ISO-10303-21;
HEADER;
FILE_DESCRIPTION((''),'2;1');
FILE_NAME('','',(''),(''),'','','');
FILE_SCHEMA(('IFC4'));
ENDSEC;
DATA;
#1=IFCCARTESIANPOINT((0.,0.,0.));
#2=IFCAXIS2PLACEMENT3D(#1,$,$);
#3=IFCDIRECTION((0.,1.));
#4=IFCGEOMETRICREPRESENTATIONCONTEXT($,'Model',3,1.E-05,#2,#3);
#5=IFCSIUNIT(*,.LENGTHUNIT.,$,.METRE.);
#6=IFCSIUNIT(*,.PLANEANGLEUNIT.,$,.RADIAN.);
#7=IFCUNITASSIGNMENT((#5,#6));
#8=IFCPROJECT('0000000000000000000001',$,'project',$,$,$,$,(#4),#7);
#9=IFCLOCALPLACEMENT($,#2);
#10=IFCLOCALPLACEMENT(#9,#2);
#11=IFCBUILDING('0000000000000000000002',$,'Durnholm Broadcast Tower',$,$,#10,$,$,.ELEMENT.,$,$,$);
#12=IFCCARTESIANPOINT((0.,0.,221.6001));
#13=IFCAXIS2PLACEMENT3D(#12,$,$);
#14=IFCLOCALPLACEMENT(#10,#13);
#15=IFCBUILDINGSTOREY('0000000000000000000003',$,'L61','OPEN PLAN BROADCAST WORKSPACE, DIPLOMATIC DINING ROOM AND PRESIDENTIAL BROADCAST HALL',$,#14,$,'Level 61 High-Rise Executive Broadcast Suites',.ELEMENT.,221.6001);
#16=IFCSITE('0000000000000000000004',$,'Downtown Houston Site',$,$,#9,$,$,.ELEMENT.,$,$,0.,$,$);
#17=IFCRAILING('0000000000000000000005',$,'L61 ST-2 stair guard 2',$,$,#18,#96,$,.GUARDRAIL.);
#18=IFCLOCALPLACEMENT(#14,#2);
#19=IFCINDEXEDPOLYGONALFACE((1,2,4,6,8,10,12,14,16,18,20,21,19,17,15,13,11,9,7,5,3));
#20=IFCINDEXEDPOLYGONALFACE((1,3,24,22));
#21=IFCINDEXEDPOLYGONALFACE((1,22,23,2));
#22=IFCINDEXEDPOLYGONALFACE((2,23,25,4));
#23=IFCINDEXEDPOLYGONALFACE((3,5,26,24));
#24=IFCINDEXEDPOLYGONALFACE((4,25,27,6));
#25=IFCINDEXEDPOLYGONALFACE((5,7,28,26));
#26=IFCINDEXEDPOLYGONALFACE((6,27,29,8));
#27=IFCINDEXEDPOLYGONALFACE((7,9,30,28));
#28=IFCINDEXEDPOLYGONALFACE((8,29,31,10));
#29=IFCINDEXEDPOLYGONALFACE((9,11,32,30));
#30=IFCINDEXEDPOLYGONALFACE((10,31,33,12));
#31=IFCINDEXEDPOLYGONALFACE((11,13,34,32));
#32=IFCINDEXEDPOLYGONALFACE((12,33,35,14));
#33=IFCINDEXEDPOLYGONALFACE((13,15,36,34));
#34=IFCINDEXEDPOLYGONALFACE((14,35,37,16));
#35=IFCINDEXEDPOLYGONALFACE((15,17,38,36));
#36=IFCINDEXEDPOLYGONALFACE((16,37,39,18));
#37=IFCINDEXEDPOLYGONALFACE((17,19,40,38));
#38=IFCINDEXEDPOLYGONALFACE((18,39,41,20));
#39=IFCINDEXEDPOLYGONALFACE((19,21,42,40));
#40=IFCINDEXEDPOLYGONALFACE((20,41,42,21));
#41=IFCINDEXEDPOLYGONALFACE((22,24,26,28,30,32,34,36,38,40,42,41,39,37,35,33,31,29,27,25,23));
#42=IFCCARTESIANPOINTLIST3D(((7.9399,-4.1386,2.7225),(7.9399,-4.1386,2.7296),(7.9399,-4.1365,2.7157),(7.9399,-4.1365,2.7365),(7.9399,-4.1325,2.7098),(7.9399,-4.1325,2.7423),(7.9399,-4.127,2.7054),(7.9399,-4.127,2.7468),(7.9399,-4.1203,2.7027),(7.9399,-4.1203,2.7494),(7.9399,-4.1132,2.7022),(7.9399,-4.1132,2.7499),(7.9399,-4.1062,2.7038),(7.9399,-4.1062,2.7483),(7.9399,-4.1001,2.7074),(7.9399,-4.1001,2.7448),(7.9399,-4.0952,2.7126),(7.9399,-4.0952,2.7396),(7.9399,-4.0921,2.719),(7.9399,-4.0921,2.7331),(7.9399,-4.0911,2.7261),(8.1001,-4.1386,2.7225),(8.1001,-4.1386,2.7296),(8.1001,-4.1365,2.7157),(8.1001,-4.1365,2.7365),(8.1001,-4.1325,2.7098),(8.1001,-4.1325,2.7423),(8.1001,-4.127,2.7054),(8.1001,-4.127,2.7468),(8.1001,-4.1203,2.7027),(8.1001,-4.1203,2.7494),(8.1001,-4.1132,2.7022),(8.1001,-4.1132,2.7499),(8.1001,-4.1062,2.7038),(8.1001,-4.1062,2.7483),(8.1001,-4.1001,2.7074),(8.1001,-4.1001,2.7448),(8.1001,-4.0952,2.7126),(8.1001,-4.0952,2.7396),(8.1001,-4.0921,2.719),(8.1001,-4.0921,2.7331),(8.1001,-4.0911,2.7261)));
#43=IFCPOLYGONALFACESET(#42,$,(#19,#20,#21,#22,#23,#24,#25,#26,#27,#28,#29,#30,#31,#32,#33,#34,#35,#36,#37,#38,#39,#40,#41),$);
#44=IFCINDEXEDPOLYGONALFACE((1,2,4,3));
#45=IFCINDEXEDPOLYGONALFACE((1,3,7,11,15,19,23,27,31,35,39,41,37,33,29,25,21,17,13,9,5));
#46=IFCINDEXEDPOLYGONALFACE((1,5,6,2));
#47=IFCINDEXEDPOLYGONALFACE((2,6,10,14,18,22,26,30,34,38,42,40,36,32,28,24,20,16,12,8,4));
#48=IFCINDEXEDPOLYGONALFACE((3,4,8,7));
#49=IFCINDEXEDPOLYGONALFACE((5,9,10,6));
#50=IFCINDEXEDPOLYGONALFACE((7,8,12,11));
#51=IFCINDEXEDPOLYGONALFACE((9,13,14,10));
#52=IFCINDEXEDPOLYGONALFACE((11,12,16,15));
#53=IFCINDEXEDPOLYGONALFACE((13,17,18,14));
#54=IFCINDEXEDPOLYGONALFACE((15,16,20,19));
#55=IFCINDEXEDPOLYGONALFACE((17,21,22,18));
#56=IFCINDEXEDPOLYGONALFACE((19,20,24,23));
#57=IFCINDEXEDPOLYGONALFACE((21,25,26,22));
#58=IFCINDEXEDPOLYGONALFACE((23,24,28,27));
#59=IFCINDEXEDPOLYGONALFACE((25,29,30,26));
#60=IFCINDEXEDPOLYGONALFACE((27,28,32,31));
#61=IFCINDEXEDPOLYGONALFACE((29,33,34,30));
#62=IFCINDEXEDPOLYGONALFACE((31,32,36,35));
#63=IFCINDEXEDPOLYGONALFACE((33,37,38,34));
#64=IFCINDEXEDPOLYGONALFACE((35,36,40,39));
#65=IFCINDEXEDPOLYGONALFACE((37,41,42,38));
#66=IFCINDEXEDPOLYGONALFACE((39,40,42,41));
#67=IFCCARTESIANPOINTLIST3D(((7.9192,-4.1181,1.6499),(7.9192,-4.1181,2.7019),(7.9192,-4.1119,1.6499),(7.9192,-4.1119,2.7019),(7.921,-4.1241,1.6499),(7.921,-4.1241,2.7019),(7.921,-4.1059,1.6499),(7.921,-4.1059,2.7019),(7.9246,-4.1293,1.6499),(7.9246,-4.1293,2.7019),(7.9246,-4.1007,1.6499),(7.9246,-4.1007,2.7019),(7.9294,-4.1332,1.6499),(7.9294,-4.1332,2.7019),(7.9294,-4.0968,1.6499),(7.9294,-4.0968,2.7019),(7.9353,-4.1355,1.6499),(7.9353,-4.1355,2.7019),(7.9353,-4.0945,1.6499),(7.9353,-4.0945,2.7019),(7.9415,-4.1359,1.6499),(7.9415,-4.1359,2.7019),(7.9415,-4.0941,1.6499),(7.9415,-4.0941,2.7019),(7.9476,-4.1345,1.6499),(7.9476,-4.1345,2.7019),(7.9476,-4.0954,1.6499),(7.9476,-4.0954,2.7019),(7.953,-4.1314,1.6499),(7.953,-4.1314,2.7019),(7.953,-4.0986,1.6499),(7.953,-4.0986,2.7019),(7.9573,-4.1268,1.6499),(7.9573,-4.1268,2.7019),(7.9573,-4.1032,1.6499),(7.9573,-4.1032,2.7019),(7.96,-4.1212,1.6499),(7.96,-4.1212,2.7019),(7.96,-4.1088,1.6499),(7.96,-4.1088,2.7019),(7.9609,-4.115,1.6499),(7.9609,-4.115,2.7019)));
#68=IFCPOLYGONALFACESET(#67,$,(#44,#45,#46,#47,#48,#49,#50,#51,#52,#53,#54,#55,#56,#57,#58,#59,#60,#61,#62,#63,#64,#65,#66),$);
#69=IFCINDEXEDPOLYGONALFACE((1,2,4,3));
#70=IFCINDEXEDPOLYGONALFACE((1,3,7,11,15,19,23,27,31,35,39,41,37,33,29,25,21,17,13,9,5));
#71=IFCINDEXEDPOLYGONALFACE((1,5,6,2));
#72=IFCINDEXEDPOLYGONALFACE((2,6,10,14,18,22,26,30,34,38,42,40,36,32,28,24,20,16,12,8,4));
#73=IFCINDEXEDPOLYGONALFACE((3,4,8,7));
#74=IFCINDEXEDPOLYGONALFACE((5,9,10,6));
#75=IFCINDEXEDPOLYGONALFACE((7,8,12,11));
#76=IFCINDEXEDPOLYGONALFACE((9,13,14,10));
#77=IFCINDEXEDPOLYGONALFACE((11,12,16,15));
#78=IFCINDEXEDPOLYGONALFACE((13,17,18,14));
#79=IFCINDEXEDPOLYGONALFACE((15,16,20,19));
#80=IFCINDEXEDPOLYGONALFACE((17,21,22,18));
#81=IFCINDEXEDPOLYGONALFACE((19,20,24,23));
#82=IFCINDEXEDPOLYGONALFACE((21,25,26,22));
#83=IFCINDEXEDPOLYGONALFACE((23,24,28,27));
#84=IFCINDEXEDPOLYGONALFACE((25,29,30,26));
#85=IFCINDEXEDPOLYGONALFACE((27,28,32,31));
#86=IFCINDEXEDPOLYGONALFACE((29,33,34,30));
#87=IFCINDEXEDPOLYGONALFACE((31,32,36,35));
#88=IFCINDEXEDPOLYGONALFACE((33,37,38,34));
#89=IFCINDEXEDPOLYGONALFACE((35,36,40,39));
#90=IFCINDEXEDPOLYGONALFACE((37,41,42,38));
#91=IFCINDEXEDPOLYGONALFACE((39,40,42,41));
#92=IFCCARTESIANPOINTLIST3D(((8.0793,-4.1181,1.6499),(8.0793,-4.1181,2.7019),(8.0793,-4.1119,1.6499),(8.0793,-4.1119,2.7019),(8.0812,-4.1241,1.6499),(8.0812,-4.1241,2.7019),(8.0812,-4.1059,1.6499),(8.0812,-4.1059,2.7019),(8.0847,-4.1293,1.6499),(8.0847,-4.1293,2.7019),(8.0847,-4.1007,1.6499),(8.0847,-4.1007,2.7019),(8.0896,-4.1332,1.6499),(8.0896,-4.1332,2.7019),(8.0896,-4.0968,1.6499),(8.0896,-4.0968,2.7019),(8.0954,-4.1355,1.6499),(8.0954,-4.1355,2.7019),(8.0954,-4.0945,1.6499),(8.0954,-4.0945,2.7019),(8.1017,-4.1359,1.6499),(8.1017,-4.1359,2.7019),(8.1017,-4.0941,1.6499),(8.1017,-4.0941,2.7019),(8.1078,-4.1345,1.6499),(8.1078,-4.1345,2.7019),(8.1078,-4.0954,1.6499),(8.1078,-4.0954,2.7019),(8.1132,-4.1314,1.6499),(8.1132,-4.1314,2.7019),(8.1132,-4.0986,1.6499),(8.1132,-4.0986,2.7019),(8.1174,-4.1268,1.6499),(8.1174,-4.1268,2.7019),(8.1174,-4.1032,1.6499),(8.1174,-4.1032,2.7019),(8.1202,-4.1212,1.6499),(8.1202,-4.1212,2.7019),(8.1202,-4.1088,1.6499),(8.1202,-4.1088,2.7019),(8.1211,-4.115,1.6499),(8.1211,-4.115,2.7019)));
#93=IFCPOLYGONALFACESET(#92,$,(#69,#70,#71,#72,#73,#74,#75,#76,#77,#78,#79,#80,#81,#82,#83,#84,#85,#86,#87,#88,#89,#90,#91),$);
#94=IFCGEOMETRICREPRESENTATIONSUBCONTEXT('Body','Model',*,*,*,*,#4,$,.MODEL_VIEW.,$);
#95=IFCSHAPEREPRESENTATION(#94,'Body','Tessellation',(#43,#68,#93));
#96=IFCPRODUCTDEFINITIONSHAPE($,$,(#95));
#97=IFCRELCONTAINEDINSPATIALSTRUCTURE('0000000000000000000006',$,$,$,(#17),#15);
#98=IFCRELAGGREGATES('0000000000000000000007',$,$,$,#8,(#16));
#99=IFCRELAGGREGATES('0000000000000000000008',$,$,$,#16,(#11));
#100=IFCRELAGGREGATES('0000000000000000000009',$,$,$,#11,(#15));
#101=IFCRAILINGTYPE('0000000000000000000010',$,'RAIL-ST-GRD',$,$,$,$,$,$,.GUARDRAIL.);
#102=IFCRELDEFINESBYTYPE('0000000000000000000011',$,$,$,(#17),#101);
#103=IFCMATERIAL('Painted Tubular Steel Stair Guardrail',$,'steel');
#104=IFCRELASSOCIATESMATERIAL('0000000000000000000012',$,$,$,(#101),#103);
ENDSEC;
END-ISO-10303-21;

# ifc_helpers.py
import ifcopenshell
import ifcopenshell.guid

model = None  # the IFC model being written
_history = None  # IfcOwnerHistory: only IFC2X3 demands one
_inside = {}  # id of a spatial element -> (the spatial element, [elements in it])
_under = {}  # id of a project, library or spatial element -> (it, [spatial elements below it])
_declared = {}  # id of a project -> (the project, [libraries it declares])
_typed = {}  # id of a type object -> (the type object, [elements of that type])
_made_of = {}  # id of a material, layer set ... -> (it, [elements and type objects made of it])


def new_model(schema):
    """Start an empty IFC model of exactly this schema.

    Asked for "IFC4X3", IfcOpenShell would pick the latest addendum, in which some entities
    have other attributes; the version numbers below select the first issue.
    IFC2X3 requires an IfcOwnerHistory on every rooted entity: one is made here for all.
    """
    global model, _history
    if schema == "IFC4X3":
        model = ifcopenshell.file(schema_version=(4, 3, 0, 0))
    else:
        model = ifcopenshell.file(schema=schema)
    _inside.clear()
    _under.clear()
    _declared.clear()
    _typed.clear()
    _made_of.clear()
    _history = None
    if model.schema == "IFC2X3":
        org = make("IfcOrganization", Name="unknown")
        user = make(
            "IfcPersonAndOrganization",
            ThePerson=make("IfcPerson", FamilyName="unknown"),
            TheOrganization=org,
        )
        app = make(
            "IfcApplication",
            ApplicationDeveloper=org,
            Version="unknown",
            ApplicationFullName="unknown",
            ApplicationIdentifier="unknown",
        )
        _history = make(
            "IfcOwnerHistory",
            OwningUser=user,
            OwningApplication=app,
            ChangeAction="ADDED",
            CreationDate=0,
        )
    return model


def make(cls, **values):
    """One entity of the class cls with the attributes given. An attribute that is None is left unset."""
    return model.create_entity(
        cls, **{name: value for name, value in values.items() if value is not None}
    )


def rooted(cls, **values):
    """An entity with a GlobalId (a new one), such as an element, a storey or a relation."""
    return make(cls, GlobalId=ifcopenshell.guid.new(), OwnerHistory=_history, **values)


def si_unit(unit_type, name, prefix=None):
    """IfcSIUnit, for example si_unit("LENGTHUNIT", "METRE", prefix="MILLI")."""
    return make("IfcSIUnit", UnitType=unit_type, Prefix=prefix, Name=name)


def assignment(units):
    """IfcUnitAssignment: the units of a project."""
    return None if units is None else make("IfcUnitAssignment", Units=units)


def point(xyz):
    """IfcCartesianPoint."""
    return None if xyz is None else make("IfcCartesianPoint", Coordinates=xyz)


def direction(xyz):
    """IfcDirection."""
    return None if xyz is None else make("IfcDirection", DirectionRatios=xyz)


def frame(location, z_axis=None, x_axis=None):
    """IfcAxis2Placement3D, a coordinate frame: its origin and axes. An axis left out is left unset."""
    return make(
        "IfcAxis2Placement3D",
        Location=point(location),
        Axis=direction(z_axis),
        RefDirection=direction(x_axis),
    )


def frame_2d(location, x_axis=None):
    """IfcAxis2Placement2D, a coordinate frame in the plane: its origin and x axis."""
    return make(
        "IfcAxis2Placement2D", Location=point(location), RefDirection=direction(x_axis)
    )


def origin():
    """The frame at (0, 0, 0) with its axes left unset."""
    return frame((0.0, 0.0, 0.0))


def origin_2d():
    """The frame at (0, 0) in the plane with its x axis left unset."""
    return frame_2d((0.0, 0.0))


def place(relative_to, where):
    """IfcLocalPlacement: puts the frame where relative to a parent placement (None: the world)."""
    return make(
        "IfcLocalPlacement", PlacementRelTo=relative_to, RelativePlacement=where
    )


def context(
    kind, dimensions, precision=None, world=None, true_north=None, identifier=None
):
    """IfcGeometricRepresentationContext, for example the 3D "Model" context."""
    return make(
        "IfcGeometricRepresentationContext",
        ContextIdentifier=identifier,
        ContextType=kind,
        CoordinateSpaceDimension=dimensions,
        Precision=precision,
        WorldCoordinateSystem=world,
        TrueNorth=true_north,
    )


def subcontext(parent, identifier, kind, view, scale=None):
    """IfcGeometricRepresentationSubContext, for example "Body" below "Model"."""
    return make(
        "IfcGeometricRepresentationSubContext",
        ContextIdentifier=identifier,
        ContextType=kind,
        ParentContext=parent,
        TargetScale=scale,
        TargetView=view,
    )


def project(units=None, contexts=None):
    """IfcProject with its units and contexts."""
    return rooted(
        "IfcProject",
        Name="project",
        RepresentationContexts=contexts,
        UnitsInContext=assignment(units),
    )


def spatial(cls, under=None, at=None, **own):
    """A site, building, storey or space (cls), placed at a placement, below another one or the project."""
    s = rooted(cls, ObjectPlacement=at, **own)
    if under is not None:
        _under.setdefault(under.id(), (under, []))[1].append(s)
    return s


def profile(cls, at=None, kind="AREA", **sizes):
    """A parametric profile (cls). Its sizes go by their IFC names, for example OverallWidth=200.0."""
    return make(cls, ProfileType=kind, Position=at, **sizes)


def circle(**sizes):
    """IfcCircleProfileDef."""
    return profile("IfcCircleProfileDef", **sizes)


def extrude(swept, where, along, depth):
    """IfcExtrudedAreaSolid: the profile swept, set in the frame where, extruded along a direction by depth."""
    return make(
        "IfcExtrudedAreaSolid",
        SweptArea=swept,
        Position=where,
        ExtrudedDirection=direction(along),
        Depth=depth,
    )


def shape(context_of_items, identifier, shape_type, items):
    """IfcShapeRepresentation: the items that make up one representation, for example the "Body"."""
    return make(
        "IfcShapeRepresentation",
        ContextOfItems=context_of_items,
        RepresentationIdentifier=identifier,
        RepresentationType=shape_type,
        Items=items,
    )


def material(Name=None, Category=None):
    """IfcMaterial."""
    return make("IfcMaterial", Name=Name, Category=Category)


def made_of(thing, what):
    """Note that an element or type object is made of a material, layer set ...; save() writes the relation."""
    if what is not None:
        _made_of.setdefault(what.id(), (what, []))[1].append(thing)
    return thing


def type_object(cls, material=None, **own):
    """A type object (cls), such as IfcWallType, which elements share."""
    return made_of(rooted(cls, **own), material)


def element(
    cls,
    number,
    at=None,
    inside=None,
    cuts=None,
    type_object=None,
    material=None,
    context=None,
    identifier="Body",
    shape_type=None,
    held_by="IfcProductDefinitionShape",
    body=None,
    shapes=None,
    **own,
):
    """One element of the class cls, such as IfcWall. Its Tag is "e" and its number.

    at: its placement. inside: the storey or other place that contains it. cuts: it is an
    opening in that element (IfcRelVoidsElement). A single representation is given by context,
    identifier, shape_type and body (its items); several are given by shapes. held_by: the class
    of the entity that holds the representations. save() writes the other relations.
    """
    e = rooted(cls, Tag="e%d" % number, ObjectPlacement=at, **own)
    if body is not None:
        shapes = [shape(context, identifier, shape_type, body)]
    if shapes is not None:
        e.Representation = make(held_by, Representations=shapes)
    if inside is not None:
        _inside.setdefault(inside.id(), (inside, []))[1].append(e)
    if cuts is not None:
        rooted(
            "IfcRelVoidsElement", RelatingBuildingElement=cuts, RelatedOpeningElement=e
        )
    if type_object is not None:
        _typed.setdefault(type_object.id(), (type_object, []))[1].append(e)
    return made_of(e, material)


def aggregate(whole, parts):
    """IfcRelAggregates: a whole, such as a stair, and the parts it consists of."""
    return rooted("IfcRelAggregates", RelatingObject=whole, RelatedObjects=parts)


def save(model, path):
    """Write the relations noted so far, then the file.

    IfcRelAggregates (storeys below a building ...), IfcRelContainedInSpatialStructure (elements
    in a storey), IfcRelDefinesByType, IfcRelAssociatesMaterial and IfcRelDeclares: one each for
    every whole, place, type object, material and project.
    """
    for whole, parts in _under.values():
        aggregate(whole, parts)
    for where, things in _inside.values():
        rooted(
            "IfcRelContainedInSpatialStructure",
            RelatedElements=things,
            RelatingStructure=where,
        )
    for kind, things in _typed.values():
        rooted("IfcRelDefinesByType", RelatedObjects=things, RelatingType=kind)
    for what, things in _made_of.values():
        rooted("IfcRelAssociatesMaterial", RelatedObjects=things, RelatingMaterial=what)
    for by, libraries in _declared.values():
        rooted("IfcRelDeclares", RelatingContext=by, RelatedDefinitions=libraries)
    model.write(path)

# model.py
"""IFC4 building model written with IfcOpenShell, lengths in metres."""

from ifc_helpers import new_model, si_unit, direction, frame, origin, origin_2d, place, context, subcontext, project, spatial, circle, extrude, material, type_object, element, save


model = new_model("IFC4")

# Units and contexts
model_context = context("Model", 3, precision=1e-05, world=origin(), true_north=direction((0.0, 1.0)))
body_context = subcontext(model_context, "Body", "Model", "MODEL_VIEW")
ifc_project = project(units=[si_unit("LENGTHUNIT", "METRE"), si_unit("PLANEANGLEUNIT", "RADIAN")], contexts=[model_context])

# Site, building, storey
site_placement = place(None, origin())
site = spatial("IfcSite", under=ifc_project, at=site_placement, Name="Downtown Houston Site", CompositionType="ELEMENT", RefElevation=0.0)
building_placement = place(site_placement, origin())
building = spatial("IfcBuilding", under=site, at=building_placement, Name="Durnholm Broadcast Tower", CompositionType="ELEMENT")
storey_placement = place(building_placement, frame((0.0, 0.0, 221.6001)))
storey = spatial("IfcBuildingStorey", under=building, at=storey_placement, Name="L61", Description="OPEN PLAN BROADCAST WORKSPACE, DIPLOMATIC DINING ROOM AND PRESIDENTIAL BROADCAST HALL", LongName="Level 61 High-Rise Executive Broadcast Suites", CompositionType="ELEMENT", Elevation=221.6001)

# Railing
ifc_material_1 = material(Name="Painted Tubular Steel Stair Guardrail", Category="steel")
railing_type_1 = type_object("IfcRailingType", Name="RAIL-ST-GRD", PredefinedType="GUARDRAIL", material=ifc_material_1)
railing_1_placement = place(storey_placement, frame((7.9399, -4.115, 1.6499)))
element("IfcRailing", 1, at=railing_1_placement, inside=storey, type_object=railing_type_1, Name="L61 ST-2 stair guard 2", PredefinedType="GUARDRAIL", context=body_context, shape_type="SweptSolid", body=[
    extrude(circle(Radius=0.0239, at=origin_2d()), frame((0.0, 0.0, 1.0762), z_axis=(1.0, 0.0, 0.0), x_axis=(0.0, 1.0, 0.0)), (0.0, 0.0, 1.0), 0.1602),
    extrude(circle(Radius=0.021, at=origin_2d()), origin(), (0.0, 0.0, 1.0), 1.052),
    extrude(circle(Radius=0.021, at=origin_2d()), frame((0.1602, 0.0, 0.0)), (0.0, 0.0, 1.0), 1.052),
])

save(model, "model.ifc")
